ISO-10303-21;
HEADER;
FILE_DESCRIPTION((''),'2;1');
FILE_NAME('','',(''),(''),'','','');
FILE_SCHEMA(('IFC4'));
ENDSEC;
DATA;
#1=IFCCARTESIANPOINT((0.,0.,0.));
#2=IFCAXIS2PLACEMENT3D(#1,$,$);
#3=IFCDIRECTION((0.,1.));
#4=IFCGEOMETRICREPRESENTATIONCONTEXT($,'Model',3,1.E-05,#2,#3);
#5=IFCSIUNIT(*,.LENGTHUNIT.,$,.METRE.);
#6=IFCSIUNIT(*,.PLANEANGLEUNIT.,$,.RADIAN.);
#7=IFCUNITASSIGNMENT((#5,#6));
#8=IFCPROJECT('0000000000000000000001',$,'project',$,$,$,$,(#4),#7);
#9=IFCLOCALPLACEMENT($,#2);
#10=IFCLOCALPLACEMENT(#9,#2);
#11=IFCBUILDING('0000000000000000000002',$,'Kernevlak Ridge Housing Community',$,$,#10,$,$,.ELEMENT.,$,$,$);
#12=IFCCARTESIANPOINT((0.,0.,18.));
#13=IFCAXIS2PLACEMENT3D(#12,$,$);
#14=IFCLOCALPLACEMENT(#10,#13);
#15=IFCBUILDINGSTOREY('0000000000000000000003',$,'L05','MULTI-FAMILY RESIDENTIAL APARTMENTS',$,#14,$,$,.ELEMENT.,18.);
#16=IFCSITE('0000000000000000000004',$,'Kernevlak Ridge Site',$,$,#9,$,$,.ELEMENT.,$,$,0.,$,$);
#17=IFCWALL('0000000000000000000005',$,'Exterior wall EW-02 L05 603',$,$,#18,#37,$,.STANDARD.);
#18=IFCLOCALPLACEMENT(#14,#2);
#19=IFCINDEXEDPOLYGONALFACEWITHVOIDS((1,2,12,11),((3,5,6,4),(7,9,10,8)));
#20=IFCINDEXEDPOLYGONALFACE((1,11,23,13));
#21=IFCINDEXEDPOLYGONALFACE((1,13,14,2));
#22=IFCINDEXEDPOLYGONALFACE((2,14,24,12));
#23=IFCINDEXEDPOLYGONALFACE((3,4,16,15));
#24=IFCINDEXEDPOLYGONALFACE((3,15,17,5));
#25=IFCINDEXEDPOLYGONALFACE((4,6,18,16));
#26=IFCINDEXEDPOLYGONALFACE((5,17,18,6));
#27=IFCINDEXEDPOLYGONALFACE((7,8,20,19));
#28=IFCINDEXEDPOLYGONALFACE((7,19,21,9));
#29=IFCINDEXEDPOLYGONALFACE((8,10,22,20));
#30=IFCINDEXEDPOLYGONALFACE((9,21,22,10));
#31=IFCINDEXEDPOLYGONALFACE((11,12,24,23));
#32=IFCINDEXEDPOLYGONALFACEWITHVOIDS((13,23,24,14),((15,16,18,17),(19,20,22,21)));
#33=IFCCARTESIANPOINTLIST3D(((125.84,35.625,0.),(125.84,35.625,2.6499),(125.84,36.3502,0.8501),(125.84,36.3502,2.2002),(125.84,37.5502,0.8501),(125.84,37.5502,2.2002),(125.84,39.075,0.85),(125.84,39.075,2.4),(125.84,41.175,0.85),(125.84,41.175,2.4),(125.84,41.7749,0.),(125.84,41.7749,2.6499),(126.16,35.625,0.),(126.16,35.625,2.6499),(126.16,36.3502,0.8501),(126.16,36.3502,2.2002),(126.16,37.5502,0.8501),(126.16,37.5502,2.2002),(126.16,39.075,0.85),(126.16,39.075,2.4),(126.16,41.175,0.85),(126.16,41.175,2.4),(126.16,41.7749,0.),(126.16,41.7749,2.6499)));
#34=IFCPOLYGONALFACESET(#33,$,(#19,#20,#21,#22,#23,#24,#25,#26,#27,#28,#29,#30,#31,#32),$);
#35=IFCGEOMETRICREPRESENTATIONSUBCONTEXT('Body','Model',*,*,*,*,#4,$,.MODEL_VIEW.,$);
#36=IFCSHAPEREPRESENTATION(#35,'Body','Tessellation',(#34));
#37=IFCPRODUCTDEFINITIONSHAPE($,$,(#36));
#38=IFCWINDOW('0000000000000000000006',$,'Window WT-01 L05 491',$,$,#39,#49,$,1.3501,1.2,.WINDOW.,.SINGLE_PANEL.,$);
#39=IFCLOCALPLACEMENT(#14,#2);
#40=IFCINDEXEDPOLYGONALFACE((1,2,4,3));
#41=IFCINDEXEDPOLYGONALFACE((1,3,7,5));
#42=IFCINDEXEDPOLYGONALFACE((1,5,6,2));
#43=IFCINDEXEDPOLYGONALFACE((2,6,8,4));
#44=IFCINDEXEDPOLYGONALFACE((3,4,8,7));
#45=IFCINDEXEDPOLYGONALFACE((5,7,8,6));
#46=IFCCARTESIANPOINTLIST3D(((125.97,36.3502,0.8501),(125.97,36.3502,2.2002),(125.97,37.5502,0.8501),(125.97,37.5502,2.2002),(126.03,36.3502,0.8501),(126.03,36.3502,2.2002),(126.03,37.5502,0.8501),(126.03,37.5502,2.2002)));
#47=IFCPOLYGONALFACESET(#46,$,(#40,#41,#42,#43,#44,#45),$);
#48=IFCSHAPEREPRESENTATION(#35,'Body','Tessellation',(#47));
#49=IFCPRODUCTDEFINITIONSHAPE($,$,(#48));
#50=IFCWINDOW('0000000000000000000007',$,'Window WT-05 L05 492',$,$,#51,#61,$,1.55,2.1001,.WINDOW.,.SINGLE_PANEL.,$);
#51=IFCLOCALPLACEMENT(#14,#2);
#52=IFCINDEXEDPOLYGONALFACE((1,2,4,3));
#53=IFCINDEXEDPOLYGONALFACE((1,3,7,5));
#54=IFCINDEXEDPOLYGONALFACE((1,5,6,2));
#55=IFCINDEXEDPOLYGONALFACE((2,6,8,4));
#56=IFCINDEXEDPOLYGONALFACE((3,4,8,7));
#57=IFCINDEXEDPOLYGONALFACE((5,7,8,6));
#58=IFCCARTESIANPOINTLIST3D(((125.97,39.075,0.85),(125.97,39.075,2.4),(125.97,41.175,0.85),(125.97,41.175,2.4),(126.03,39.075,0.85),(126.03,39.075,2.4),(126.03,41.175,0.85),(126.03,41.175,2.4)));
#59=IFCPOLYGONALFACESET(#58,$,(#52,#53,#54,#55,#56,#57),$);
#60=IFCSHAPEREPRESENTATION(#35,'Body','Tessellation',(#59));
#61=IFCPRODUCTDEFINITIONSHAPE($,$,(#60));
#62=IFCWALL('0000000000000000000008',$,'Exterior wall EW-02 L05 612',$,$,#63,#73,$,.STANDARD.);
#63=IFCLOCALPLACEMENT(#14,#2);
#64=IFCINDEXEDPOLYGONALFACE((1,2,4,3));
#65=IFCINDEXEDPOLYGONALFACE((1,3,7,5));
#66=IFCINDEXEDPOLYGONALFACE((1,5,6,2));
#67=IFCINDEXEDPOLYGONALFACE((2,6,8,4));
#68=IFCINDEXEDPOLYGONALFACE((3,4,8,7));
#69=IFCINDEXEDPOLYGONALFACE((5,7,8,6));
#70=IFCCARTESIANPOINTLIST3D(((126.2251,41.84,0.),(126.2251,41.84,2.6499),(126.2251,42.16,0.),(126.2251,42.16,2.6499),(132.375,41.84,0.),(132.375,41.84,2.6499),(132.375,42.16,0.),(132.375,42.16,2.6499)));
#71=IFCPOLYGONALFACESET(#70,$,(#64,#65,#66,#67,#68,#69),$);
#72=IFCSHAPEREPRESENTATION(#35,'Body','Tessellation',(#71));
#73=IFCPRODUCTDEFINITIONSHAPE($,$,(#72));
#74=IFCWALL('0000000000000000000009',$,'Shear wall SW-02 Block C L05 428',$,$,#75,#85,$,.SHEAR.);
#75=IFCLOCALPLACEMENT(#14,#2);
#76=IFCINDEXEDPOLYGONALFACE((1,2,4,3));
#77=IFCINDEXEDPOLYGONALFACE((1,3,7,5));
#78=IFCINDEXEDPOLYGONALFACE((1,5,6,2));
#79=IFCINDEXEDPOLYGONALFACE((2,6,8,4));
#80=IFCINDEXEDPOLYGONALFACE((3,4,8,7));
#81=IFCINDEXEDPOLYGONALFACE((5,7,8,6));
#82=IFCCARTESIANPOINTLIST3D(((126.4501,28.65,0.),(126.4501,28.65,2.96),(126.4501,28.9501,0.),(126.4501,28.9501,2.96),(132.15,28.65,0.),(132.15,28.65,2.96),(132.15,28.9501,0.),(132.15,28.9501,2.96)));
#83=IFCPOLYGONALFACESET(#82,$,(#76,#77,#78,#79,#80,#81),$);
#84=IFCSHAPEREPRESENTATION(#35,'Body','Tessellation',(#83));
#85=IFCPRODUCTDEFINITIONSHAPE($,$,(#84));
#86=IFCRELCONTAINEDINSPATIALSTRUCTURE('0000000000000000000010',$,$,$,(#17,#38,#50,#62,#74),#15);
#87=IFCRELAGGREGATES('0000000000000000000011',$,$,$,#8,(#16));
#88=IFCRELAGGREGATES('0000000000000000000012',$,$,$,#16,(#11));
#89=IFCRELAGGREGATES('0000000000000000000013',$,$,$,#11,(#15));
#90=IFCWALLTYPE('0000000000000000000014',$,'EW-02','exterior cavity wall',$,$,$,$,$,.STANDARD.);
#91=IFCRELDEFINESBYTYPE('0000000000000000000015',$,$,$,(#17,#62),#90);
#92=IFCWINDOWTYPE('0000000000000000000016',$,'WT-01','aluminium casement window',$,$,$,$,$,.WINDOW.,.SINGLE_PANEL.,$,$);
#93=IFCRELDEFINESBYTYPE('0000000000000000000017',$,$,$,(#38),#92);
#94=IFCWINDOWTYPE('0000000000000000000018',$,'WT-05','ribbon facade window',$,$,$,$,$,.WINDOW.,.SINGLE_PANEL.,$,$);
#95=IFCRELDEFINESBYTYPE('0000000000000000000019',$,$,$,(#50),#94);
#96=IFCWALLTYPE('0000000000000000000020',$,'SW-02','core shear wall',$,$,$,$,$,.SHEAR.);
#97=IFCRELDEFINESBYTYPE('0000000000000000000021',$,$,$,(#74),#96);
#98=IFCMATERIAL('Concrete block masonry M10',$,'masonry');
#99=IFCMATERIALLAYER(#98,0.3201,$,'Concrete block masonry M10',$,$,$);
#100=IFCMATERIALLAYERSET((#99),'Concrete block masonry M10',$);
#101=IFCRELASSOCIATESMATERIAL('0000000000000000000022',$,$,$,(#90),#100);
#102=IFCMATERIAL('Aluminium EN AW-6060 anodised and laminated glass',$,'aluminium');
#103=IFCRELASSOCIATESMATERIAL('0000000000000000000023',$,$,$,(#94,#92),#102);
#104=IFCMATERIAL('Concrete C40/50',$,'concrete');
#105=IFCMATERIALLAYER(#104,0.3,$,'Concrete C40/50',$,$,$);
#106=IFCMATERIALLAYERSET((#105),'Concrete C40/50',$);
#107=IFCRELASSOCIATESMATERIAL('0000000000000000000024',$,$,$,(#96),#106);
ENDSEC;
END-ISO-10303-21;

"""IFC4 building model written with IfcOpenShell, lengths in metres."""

from ifc_helpers import new_model, si_unit, direction, frame, frame_2d, origin, place, context, subcontext, project, spatial, rectangle, extrude, material, layer, layer_set, type_object, element, fill, save


model = new_model("IFC4")

# Units and contexts
model_context = context("Model", 3, precision=1e-05, world=origin(), true_north=direction((0.0, 1.0)))
body_context = subcontext(model_context, "Body", "Model", "MODEL_VIEW")
ifc_project = project(units=[si_unit("LENGTHUNIT", "METRE"), si_unit("PLANEANGLEUNIT", "RADIAN")], contexts=[model_context])

# Site, building, storey
site_placement = place(None, origin())
site = spatial("IfcSite", under=ifc_project, at=site_placement, Name="Kernevlak Ridge Site", CompositionType="ELEMENT", RefElevation=0.0)
building_placement = place(site_placement, origin())
building = spatial("IfcBuilding", under=site, at=building_placement, Name="Kernevlak Ridge Housing Community", CompositionType="ELEMENT")
storey_placement = place(building_placement, frame((0.0, 0.0, 18.0)))
storey = spatial("IfcBuildingStorey", under=building, at=storey_placement, Name="L05", Description="MULTI-FAMILY RESIDENTIAL APARTMENTS", CompositionType="ELEMENT", Elevation=18.0)

# Shared definitions
ifc_material_1 = material(Name="Concrete C40/50", Category="concrete")

# Shared definitions
ifc_material_2 = material(Name="Concrete block masonry M10", Category="masonry")
ifc_layer_1 = layer(ifc_material_2, 0.3201, Name="Concrete block masonry M10")
ifc_layer_set_1 = layer_set([ifc_layer_1], Name="Concrete block masonry M10")
wall_type_1 = type_object("IfcWallType", Name="EW-02", Description="exterior cavity wall", PredefinedType="STANDARD", material=ifc_layer_set_1)
ifc_material_3 = material(Name="Aluminium EN AW-6060 anodised and laminated glass", Category="aluminium")
window_type_1 = type_object("IfcWindowType", Name="WT-05", Description="ribbon facade window", PartitioningType="SINGLE_PANEL", PredefinedType="WINDOW", material=ifc_material_3)

# Wall, openings, windows
wall_1_placement = place(storey_placement, frame((126.0, 35.625, 0.0), z_axis=(0.0, 0.0, 1.0), x_axis=(0.0, 1.0, 0.0)))
wall_1 = element("IfcWall", 1, at=wall_1_placement, inside=storey, type_object=wall_type_1, Name="Exterior wall EW-02 L05 603", PredefinedType="STANDARD", context=body_context, shape_type="SweptSolid", body=[
    extrude(rectangle(XDim=6.1499, YDim=0.3201, at=frame_2d((3.075, 0.0))), origin(), (0.0, 0.0, 1.0), 2.6499),
])
opening_1_placement = place(wall_1_placement, frame((0.7251, 0.0, 0.8501)))
opening_1 = element("IfcOpeningElement", 2, at=opening_1_placement, cuts=wall_1, PredefinedType="OPENING", context=body_context, shape_type="SweptSolid", body=[
    extrude(rectangle(XDim=1.2, YDim=1.3501, at=frame_2d((0.6001, 0.675))), frame((0.0, 0.1699, 0.0), z_axis=(0.0, -1.0, 0.0), x_axis=(1.0, 0.0, 0.0)), (0.0, 0.0, 1.0), 0.3401),
])
opening_2_placement = place(wall_1_placement, frame((3.45, 0.0, 0.8501)))
opening_2 = element("IfcOpeningElement", 3, at=opening_2_placement, cuts=wall_1, PredefinedType="OPENING", context=body_context, shape_type="SweptSolid", body=[
    extrude(rectangle(XDim=2.1001, YDim=1.55, at=frame_2d((1.05, 0.7749))), frame((0.0, 0.1699, 0.0), z_axis=(0.0, -1.0, 0.0), x_axis=(1.0, 0.0, 0.0)), (0.0, 0.0, 1.0), 0.3401),
])
window_type_2 = type_object("IfcWindowType", Name="WT-01", Description="aluminium casement window", PartitioningType="SINGLE_PANEL", PredefinedType="WINDOW", material=ifc_material_3)
window_1_placement = place(opening_1_placement, origin())
window_1 = element("IfcWindow", 4, at=window_1_placement, inside=storey, type_object=window_type_2, Name="Window WT-01 L05 491", OverallHeight=1.3501, OverallWidth=1.2, PartitioningType="SINGLE_PANEL", PredefinedType="WINDOW", context=body_context, shape_type="SweptSolid", body=[
    extrude(rectangle(XDim=1.2, YDim=1.3501, at=frame_2d((0.6001, 0.675))), frame((0.0, 0.03, 0.0), z_axis=(0.0, -1.0, 0.0), x_axis=(1.0, 0.0, 0.0)), (0.0, 0.0, 1.0), 0.0601),
])
fill(opening_1, window_1)
window_2_placement = place(opening_2_placement, origin())
window_2 = element("IfcWindow", 5, at=window_2_placement, inside=storey, type_object=window_type_1, Name="Window WT-05 L05 492", OverallHeight=1.55, OverallWidth=2.1001, PartitioningType="SINGLE_PANEL", PredefinedType="WINDOW", context=body_context, shape_type="SweptSolid", body=[
    extrude(rectangle(XDim=2.1001, YDim=1.55, at=frame_2d((1.05, 0.7749))), frame((0.0, 0.03, 0.0), z_axis=(0.0, -1.0, 0.0), x_axis=(1.0, 0.0, 0.0)), (0.0, 0.0, 1.0), 0.0601),
])
fill(opening_2, window_2)

# Walls
wall_2_placement = place(storey_placement, frame((126.2251, 42.0, 0.0), z_axis=(0.0, 0.0, 1.0), x_axis=(1.0, 0.0, 0.0)))
element("IfcWall", 6, at=wall_2_placement, inside=storey, type_object=wall_type_1, Name="Exterior wall EW-02 L05 612", PredefinedType="STANDARD", context=body_context, shape_type="SweptSolid", body=[
    extrude(rectangle(XDim=6.1499, YDim=0.3201, at=frame_2d((3.075, 0.0))), origin(), (0.0, 0.0, 1.0), 2.6499),
])
ifc_layer_2 = layer(ifc_material_1, 0.3, Name="Concrete C40/50")
ifc_layer_set_2 = layer_set([ifc_layer_2], Name="Concrete C40/50")
wall_type_2 = type_object("IfcWallType", Name="SW-02", Description="core shear wall", PredefinedType="SHEAR", material=ifc_layer_set_2)
wall_3_placement = place(storey_placement, frame((126.45, 28.8, 0.0), z_axis=(0.0, 0.0, 1.0), x_axis=(1.0, 0.0, 0.0)))
element("IfcWall", 7, at=wall_3_placement, inside=storey, type_object=wall_type_2, Name="Shear wall SW-02 Block C L05 428", PredefinedType="SHEAR", context=body_context, shape_type="SweptSolid", body=[
    extrude(rectangle(XDim=5.7, YDim=0.3, at=frame_2d((2.8501, 0.0))), origin(), (0.0, 0.0, 1.0), 2.96),
])

save(model, "model.ifc")
